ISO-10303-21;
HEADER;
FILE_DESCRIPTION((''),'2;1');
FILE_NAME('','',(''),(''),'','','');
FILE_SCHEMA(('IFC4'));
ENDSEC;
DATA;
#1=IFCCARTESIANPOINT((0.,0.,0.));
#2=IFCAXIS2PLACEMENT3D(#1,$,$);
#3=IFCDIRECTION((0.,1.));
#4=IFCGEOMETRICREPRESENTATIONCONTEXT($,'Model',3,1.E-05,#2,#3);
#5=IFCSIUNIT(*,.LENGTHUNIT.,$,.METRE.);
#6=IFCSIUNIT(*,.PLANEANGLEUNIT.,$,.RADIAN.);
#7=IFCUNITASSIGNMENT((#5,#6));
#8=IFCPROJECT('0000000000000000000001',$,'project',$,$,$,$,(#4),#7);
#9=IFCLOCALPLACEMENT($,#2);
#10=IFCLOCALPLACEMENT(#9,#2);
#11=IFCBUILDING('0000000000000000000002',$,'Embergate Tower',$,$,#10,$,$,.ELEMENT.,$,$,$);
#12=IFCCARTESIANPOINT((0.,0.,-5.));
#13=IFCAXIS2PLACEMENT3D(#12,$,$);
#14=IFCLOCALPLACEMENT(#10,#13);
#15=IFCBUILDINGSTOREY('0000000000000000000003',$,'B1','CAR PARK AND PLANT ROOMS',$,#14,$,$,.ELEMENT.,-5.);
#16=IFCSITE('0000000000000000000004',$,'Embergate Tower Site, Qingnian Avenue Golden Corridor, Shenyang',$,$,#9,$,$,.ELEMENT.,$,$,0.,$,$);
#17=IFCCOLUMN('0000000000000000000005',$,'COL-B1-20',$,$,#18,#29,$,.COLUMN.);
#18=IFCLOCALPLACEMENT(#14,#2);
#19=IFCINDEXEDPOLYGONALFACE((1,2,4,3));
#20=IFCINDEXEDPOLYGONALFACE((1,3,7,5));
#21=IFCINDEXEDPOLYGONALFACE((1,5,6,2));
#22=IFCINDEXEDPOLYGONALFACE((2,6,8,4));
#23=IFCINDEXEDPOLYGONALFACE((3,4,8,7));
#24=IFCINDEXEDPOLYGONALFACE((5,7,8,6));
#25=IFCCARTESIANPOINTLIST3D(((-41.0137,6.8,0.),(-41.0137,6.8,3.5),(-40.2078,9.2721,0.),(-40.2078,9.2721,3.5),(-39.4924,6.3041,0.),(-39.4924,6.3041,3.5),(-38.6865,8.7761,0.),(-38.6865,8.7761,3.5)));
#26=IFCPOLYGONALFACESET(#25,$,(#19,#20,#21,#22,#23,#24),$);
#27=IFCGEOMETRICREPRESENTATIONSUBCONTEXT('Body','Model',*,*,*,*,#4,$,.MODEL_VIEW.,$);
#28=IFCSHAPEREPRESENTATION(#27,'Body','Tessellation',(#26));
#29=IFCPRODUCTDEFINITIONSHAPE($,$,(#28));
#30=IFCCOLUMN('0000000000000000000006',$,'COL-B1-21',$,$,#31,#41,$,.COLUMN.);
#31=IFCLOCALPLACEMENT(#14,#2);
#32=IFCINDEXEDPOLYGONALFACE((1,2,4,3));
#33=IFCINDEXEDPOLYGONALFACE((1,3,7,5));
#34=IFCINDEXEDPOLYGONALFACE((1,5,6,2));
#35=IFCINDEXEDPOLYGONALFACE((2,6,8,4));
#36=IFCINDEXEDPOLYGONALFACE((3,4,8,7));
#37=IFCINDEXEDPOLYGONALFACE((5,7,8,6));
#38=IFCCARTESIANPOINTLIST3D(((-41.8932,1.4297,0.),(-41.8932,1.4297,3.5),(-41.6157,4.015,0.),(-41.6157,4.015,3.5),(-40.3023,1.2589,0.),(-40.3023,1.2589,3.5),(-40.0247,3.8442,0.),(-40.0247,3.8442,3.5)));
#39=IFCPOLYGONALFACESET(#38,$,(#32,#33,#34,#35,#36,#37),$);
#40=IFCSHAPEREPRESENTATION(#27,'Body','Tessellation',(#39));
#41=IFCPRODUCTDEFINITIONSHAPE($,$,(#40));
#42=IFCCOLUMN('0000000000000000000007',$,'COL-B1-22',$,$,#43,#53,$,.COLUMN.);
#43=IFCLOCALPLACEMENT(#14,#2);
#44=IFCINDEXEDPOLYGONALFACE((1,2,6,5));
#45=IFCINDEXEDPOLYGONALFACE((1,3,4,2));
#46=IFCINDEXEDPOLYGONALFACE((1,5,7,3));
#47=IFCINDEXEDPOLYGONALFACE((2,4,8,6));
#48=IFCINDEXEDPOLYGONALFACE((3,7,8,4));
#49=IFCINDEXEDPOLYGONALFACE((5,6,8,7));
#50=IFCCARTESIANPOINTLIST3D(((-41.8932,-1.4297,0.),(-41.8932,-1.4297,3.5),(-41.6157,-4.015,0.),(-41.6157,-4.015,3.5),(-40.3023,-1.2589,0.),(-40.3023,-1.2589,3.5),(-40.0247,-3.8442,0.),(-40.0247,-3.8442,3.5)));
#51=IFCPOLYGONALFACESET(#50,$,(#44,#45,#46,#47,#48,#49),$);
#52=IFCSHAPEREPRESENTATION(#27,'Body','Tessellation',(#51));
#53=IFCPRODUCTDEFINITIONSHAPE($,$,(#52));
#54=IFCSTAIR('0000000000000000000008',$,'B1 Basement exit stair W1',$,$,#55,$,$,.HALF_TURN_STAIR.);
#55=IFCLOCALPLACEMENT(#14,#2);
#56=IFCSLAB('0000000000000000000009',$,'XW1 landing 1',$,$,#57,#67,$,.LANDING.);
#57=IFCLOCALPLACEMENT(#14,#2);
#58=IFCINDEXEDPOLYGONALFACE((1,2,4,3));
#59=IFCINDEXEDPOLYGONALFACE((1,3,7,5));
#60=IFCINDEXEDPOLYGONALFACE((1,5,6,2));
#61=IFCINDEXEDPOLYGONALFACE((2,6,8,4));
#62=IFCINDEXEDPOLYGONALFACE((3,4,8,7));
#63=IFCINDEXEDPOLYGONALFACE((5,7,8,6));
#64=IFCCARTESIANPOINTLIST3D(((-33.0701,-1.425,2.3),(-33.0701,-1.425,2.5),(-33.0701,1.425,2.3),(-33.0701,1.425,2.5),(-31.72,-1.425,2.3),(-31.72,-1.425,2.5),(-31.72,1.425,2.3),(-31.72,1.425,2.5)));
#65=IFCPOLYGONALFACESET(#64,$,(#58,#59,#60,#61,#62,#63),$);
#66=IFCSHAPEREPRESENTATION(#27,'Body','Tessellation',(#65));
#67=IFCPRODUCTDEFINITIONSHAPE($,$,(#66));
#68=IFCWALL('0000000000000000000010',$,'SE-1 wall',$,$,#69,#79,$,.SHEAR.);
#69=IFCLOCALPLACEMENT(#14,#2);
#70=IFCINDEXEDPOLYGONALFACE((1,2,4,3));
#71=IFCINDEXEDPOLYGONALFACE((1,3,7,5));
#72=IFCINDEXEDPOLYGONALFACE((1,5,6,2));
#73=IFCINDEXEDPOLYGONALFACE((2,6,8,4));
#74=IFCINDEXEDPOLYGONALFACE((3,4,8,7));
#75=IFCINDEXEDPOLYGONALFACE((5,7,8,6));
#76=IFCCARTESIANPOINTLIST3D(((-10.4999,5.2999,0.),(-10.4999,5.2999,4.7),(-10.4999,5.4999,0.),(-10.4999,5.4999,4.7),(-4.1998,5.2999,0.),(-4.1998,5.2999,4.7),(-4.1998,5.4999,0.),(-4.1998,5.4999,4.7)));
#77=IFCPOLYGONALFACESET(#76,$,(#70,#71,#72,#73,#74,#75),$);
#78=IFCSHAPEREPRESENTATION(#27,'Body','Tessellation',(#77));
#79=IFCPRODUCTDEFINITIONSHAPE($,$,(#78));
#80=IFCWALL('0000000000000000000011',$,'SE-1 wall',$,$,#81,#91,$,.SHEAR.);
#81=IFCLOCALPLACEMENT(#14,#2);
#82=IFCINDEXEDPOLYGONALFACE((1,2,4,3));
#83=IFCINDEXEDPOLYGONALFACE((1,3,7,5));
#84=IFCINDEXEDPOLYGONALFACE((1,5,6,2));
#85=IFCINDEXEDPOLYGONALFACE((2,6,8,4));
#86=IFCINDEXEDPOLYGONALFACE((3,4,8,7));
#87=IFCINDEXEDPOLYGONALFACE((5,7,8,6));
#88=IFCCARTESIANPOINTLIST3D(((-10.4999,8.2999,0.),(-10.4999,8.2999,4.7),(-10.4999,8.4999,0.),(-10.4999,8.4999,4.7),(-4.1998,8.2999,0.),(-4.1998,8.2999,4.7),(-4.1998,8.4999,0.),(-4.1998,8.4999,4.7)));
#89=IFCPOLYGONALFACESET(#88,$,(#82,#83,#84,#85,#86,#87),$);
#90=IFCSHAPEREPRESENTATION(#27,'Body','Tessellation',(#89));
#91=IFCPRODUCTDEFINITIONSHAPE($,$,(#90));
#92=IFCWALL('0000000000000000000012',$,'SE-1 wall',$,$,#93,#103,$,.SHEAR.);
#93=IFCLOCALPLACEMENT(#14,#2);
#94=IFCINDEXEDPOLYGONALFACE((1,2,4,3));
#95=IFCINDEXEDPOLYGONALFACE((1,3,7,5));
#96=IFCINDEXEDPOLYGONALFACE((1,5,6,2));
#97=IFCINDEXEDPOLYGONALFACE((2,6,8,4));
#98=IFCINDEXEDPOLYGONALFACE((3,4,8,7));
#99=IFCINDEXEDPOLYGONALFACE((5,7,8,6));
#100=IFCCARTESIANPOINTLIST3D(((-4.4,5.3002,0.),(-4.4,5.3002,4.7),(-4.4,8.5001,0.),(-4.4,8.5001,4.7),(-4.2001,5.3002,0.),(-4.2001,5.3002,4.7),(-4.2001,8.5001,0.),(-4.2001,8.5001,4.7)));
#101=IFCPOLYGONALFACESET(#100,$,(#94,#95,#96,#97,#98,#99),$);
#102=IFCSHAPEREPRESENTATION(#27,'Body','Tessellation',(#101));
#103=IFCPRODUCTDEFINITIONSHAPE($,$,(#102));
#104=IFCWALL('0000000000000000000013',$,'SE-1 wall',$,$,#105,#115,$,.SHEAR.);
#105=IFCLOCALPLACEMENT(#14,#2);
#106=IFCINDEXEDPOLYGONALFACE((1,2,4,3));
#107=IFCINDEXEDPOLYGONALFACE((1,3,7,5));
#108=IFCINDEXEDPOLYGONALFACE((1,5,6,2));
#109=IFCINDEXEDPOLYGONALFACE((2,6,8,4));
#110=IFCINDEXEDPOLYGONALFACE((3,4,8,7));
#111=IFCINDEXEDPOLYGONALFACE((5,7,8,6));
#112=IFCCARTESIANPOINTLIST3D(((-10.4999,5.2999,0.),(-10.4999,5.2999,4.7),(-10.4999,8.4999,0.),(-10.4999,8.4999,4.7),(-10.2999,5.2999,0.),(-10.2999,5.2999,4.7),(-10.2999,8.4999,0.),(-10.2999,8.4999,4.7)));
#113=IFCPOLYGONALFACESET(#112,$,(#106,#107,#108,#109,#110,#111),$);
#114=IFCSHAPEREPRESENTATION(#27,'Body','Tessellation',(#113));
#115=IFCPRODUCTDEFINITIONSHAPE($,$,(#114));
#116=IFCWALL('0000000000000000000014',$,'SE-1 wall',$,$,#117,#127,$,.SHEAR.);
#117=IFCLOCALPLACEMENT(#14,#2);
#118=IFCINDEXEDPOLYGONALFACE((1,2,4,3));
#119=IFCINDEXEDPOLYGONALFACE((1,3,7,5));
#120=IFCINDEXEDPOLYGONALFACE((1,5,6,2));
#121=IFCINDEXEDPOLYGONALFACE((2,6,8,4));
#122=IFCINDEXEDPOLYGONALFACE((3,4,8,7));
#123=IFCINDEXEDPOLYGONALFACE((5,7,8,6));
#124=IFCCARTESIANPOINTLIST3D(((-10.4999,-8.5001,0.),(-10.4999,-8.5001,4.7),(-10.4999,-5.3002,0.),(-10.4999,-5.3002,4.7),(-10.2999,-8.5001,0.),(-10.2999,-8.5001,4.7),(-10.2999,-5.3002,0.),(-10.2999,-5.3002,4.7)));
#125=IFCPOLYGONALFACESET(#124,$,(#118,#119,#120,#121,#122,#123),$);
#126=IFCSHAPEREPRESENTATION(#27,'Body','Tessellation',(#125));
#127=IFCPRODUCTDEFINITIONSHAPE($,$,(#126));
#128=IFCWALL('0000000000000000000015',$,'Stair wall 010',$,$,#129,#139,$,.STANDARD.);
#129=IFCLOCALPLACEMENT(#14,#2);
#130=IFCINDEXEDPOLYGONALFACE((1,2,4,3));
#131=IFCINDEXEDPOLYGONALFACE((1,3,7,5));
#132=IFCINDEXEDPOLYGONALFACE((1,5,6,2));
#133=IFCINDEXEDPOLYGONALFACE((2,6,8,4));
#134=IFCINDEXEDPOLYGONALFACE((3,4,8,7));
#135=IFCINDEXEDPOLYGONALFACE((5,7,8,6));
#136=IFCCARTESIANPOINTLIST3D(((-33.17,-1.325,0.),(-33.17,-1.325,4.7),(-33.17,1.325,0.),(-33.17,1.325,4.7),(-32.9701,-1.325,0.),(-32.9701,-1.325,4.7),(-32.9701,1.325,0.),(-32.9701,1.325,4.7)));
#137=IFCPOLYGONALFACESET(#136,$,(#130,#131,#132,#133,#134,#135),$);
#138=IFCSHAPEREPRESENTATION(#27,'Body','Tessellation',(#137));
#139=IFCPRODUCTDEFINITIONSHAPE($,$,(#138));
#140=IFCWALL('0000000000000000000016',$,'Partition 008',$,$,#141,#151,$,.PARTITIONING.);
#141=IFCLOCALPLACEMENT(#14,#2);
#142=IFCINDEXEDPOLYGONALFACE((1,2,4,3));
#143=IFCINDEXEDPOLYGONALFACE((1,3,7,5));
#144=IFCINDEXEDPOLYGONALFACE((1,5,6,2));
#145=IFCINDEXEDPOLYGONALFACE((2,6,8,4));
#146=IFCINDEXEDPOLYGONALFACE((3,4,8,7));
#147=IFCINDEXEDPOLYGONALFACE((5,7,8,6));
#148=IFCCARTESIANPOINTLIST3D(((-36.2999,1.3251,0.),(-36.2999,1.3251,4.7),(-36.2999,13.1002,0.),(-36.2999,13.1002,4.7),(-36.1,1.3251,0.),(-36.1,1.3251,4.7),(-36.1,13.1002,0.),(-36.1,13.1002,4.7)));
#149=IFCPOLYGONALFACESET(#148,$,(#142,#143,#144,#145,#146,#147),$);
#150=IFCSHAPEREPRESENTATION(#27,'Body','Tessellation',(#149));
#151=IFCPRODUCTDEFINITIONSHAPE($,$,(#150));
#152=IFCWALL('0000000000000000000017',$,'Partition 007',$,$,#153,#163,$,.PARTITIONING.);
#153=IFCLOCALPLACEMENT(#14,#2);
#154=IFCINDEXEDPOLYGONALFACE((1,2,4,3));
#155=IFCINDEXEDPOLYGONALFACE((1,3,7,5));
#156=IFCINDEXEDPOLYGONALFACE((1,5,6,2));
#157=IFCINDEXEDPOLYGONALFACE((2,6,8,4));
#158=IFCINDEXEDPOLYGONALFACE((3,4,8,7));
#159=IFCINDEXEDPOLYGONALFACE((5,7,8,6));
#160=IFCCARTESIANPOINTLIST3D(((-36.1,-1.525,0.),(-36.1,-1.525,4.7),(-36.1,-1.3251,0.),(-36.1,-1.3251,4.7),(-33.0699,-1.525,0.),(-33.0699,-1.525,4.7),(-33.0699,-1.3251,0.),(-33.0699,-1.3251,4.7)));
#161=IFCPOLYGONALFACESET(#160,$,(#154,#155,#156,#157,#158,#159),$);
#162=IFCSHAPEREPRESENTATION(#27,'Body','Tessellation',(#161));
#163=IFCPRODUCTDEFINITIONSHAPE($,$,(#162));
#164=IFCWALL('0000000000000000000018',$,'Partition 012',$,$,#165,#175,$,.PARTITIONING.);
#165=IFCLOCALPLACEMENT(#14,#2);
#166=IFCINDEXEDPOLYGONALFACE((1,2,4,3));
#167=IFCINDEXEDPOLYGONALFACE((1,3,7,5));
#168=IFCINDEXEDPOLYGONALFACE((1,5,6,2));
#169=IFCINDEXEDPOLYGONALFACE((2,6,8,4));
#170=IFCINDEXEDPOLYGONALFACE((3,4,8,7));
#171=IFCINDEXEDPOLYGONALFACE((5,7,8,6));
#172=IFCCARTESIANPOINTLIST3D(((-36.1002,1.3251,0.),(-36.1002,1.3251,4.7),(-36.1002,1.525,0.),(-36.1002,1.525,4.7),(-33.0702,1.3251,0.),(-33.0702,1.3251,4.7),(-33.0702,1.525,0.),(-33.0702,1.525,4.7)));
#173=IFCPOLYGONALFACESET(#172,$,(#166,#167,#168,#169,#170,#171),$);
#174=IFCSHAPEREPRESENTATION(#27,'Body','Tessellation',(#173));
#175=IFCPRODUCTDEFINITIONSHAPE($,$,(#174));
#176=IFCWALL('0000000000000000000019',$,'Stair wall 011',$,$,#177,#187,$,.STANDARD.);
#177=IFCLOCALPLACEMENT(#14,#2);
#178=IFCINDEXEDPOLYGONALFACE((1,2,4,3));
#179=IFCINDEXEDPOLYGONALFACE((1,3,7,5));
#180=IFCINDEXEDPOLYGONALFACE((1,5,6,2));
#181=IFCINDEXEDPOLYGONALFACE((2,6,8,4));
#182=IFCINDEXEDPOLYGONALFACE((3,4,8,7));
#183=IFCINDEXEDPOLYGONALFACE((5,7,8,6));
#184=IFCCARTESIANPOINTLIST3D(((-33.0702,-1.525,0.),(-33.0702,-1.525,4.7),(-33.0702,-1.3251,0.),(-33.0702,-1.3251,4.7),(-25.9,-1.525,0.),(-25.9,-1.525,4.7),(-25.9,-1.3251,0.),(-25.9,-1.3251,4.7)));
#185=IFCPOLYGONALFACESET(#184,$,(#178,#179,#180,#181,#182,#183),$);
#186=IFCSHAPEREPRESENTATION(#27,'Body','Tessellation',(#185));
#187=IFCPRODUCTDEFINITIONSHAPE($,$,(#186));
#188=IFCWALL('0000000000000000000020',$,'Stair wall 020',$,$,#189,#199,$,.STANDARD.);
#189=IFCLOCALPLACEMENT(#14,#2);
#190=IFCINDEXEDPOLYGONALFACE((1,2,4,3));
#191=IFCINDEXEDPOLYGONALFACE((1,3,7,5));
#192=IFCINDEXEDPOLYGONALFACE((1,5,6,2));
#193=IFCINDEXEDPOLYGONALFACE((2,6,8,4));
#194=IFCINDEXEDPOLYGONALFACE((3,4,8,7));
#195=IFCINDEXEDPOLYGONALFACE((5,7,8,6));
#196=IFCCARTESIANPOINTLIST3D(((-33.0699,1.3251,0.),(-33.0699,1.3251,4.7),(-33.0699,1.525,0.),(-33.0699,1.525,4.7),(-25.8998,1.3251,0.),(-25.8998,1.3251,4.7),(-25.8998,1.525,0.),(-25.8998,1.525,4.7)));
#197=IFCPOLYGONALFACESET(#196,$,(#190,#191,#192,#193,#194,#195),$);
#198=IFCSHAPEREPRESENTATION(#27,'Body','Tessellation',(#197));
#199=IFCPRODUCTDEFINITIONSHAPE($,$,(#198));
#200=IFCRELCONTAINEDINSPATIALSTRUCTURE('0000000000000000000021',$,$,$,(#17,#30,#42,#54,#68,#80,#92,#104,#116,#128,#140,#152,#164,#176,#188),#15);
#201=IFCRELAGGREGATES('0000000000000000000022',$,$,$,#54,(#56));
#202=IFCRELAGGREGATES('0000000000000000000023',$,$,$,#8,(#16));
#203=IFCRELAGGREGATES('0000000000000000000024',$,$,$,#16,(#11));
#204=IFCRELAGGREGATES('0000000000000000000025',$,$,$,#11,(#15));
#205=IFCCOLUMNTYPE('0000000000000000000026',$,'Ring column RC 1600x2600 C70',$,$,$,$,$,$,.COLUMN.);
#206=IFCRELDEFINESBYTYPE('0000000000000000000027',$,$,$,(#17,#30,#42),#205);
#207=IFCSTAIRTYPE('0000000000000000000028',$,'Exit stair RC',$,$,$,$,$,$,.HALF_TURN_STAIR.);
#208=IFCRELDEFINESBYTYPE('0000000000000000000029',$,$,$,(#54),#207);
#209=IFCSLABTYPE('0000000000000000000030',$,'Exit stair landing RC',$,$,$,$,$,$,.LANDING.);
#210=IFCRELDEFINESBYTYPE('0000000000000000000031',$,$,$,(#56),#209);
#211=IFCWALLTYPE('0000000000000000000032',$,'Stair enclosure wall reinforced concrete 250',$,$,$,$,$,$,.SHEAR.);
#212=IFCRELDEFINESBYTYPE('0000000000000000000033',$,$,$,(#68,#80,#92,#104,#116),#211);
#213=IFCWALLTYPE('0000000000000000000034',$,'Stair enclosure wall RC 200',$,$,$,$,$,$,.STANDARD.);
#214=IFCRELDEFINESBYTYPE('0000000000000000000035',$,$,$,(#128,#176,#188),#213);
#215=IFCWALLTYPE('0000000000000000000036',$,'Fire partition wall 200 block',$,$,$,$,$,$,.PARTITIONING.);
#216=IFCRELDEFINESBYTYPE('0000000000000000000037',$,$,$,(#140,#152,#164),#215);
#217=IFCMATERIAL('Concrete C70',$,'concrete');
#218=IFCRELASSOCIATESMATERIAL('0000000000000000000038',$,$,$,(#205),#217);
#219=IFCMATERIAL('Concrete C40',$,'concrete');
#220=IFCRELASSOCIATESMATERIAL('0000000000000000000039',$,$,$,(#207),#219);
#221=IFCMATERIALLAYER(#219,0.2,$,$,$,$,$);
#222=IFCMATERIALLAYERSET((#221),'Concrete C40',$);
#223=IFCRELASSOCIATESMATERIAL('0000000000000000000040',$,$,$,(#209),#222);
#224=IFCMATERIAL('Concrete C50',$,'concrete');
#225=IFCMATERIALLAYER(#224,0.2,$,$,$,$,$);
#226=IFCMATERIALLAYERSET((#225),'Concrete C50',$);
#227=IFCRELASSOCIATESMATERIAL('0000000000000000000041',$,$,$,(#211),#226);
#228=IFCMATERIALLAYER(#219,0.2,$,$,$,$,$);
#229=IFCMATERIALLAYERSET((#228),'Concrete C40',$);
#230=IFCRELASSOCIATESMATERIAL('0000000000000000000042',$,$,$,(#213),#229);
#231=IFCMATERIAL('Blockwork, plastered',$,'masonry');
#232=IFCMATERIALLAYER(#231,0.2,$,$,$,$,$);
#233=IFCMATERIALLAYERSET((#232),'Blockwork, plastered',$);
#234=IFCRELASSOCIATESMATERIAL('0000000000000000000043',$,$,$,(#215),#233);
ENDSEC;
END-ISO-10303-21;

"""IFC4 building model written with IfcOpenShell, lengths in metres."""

from ifc_helpers import new_model, si_unit, direction, frame, frame_2d, origin, origin_2d, place, context, subcontext, project, spatial, polyline, rectangle, outline, extrude, source, transform, mapped, material, layer, layer_set, material_profile, profile_set, type_object, element, aggregate, save


model = new_model("IFC4")

# Units and contexts
model_context = context("Model", 3, precision=1e-05, world=origin(), true_north=direction((0.0, 1.0)))
body_context = subcontext(model_context, "Body", "Model", "MODEL_VIEW")
ifc_project = project(units=[si_unit("LENGTHUNIT", "METRE"), si_unit("PLANEANGLEUNIT", "RADIAN")], contexts=[model_context])

# Site, building, storey
site_placement = place(None, origin())
site = spatial("IfcSite", under=ifc_project, at=site_placement, Name="Embergate Tower Site, Qingnian Avenue Golden Corridor, Shenyang", CompositionType="ELEMENT", RefElevation=0.0)
building_placement = place(site_placement, origin())
building = spatial("IfcBuilding", under=site, at=building_placement, Name="Embergate Tower", CompositionType="ELEMENT")
storey_placement = place(building_placement, frame((0.0, 0.0, -5.0)))
storey = spatial("IfcBuildingStorey", under=building, at=storey_placement, Name="B1", Description="CAR PARK AND PLANT ROOMS", CompositionType="ELEMENT", Elevation=-5.0)

# Columns
ifc_material_1 = material(Name="Concrete C70", Category="concrete")
ifc_material_profile = material_profile(ifc_material_1, rectangle(XDim=1.6001, YDim=2.6001, at=origin_2d()), Name="RC 1600x2600")
ifc_profile_set = profile_set([ifc_material_profile], Name="Concrete C70")
column_type = type_object("IfcColumnType", Name="Ring column RC 1600x2600 C70", PredefinedType="COLUMN", material=ifc_profile_set)
shared_shape_1 = source(origin(), body_context, "Body", "SweptSolid", [
    extrude(rectangle(XDim=1.6001, YDim=2.6001, at=origin_2d()), origin(), (0.0, 0.0, 1.0), 3.5),
])
for number, where, z_axis, x_axis, name in (
    (1, (-39.8501, 7.7881, 0.0), (0.0, 0.0, 1.0), (-0.950754, 0.309946, 0.0), "COL-B1-20"),
    (2, (-40.959, 2.637, 0.0), (0.0, 0.0, 1.0), (-0.994286, 0.10675, 0.0), "COL-B1-21"),
    (3, (-40.959, -2.637, 0.0), (0.0, 0.0, 1.0), (-0.994286, -0.10675, 0.0), "COL-B1-22"),
):
    element("IfcColumn", number, at=place(storey_placement, frame(where, z_axis=z_axis, x_axis=x_axis)), inside=storey, type_object=column_type, Name=name, PredefinedType="COLUMN", context=body_context, shape_type="MappedRepresentation", body=[
        mapped(shared_shape_1, transform((0.0, 0.0, 0.0))),
    ])

# Stair, slab
ifc_material_2 = material(Name="Concrete C40", Category="concrete")
stair_type = type_object("IfcStairType", Name="Exit stair RC", PredefinedType="HALF_TURN_STAIR", material=ifc_material_2)
stair_placement = place(storey_placement, origin())
stair = element("IfcStair", 4, at=stair_placement, inside=storey, type_object=stair_type, Name="B1 Basement exit stair W1", PredefinedType="HALF_TURN_STAIR")
ifc_layer_1 = layer(ifc_material_2, 0.2)
ifc_layer_set_1 = layer_set([ifc_layer_1], Name="Concrete C40")
slab_type = type_object("IfcSlabType", Name="Exit stair landing RC", PredefinedType="LANDING", material=ifc_layer_set_1)
shared_shape_2 = source(origin(), body_context, "Body", "SweptSolid", [
    extrude(outline(polyline([(0.0, 0.0), (1.3501, 0.0), (1.3501, 2.8501), (0.0, 2.8501), (0.0, 0.0)])), origin(), (0.0, 0.0, 1.0), 0.2),
])
slab_placement = place(storey_placement, frame((-33.0701, -1.425, 2.3)))
slab = element("IfcSlab", 5, at=slab_placement, type_object=slab_type, Name="XW1 landing 1", PredefinedType="LANDING", context=body_context, shape_type="MappedRepresentation", body=[
    mapped(shared_shape_2, transform((0.0, 0.0, 0.0))),
])

# Walls
ifc_material_3 = material(Name="Concrete C50", Category="concrete")
ifc_layer_2 = layer(ifc_material_3, 0.2)
ifc_layer_set_2 = layer_set([ifc_layer_2], Name="Concrete C50")
wall_type_1 = type_object("IfcWallType", Name="Stair enclosure wall reinforced concrete 250", PredefinedType="SHEAR", material=ifc_layer_set_2)
shared_shape_3 = source(origin(), body_context, "Body", "SweptSolid", [
    extrude(rectangle(XDim=6.3, YDim=0.2, at=frame_2d((3.1499, 0.0))), origin(), (0.0, 0.0, 1.0), 4.7),
])
for number, where, z_axis, x_axis, name in (
    (6, (-4.2, 5.3999, 0.0), (0.0, 0.0, 1.0), (-1.0, 0.0, 0.0), "SE-1 wall"),
    (7, (-4.2, 8.3999, 0.0), (0.0, 0.0, 1.0), (-1.0, 0.0, 0.0), "SE-1 wall"),
):
    element("IfcWall", number, at=place(storey_placement, frame(where, z_axis=z_axis, x_axis=x_axis)), inside=storey, type_object=wall_type_1, Name=name, PredefinedType="SHEAR", context=body_context, shape_type="MappedRepresentation", body=[
        mapped(shared_shape_3, transform((0.0, 0.0, 0.0))),
    ])
shared_shape_4 = source(origin(), body_context, "Body", "SweptSolid", [
    extrude(rectangle(XDim=3.2, YDim=0.2, at=frame_2d((1.6001, 0.0))), origin(), (0.0, 0.0, 1.0), 4.7),
])
for number, where, z_axis, x_axis, name in (
    (8, (-4.3, 5.3, 0.0), (0.0, 0.0, 1.0), (0.0, 1.0, 0.0), "SE-1 wall"),
    (9, (-10.3999, 8.5, 0.0), (0.0, 0.0, 1.0), (0.0, -1.0, 0.0), "SE-1 wall"),
    (10, (-10.3999, -5.3, 0.0), (0.0, 0.0, 1.0), (0.0, -1.0, 0.0), "SE-1 wall"),
):
    element("IfcWall", number, at=place(storey_placement, frame(where, z_axis=z_axis, x_axis=x_axis)), inside=storey, type_object=wall_type_1, Name=name, PredefinedType="SHEAR", context=body_context, shape_type="MappedRepresentation", body=[
        mapped(shared_shape_4, transform((0.0, 0.0, 0.0))),
    ])
ifc_layer_3 = layer(ifc_material_2, 0.2)
ifc_layer_set_3 = layer_set([ifc_layer_3], Name="Concrete C40")
wall_type_2 = type_object("IfcWallType", Name="Stair enclosure wall RC 200", PredefinedType="STANDARD", material=ifc_layer_set_3)
shared_shape_5 = source(origin(), body_context, "Body", "SweptSolid", [
    extrude(rectangle(XDim=2.6499, YDim=0.2, at=frame_2d((1.325, 0.0))), origin(), (0.0, 0.0, 1.0), 4.7),
])
wall_1_placement = place(storey_placement, frame((-33.0701, -1.325, 0.0), z_axis=(0.0, 0.0, 1.0), x_axis=(0.0, 1.0, 0.0)))
element("IfcWall", 11, at=wall_1_placement, inside=storey, type_object=wall_type_2, Name="Stair wall 010", PredefinedType="STANDARD", context=body_context, shape_type="MappedRepresentation", body=[
    mapped(shared_shape_5, transform((0.0, 0.0, 0.0))),
])
ifc_material_4 = material(Name="Blockwork, plastered", Category="masonry")
ifc_layer_4 = layer(ifc_material_4, 0.2)
ifc_layer_set_4 = layer_set([ifc_layer_4], Name="Blockwork, plastered")
wall_type_3 = type_object("IfcWallType", Name="Fire partition wall 200 block", PredefinedType="PARTITIONING", material=ifc_layer_set_4)
shared_shape_6 = source(origin(), body_context, "Body", "SweptSolid", [
    extrude(rectangle(XDim=11.7751, YDim=0.2, at=frame_2d((5.8877, 0.0))), origin(), (0.0, 0.0, 1.0), 4.7),
])
wall_2_placement = place(storey_placement, frame((-36.2, 1.325, 0.0), z_axis=(0.0, 0.0, 1.0), x_axis=(0.0, 1.0, 0.0)))
element("IfcWall", 12, at=wall_2_placement, inside=storey, type_object=wall_type_3, Name="Partition 008", PredefinedType="PARTITIONING", context=body_context, shape_type="MappedRepresentation", body=[
    mapped(shared_shape_6, transform((0.0, 0.0, 0.0))),
])
shared_shape_7 = source(origin(), body_context, "Body", "SweptSolid", [
    extrude(rectangle(XDim=3.03, YDim=0.2, at=frame_2d((1.5151, 0.0))), origin(), (0.0, 0.0, 1.0), 4.7),
])
for number, where, z_axis, x_axis, name in (
    (13, (-36.1001, -1.425, 0.0), (0.0, 0.0, 1.0), (1.0, 0.0, 0.0), "Partition 007"),
    (14, (-33.0701, 1.425, 0.0), (0.0, 0.0, 1.0), (-1.0, 0.0, 0.0), "Partition 012"),
):
    element("IfcWall", number, at=place(storey_placement, frame(where, z_axis=z_axis, x_axis=x_axis)), inside=storey, type_object=wall_type_3, Name=name, PredefinedType="PARTITIONING", context=body_context, shape_type="MappedRepresentation", body=[
        mapped(shared_shape_7, transform((0.0, 0.0, 0.0))),
    ])
shared_shape_8 = source(origin(), body_context, "Body", "SweptSolid", [
    extrude(rectangle(XDim=7.1702, YDim=0.2, at=frame_2d((3.585, 0.0))), origin(), (0.0, 0.0, 1.0), 4.7),
])
for number, where, z_axis, x_axis, name in (
    (15, (-33.0701, -1.425, 0.0), (0.0, 0.0, 1.0), (1.0, 0.0, 0.0), "Stair wall 011"),
    (16, (-25.8999, 1.425, 0.0), (0.0, 0.0, 1.0), (-1.0, 0.0, 0.0), "Stair wall 020"),
):
    element("IfcWall", number, at=place(storey_placement, frame(where, z_axis=z_axis, x_axis=x_axis)), inside=storey, type_object=wall_type_2, Name=name, PredefinedType="STANDARD", context=body_context, shape_type="MappedRepresentation", body=[
        mapped(shared_shape_8, transform((0.0, 0.0, 0.0))),
    ])

aggregate(stair, [slab])

save(model, "model.ifc")
